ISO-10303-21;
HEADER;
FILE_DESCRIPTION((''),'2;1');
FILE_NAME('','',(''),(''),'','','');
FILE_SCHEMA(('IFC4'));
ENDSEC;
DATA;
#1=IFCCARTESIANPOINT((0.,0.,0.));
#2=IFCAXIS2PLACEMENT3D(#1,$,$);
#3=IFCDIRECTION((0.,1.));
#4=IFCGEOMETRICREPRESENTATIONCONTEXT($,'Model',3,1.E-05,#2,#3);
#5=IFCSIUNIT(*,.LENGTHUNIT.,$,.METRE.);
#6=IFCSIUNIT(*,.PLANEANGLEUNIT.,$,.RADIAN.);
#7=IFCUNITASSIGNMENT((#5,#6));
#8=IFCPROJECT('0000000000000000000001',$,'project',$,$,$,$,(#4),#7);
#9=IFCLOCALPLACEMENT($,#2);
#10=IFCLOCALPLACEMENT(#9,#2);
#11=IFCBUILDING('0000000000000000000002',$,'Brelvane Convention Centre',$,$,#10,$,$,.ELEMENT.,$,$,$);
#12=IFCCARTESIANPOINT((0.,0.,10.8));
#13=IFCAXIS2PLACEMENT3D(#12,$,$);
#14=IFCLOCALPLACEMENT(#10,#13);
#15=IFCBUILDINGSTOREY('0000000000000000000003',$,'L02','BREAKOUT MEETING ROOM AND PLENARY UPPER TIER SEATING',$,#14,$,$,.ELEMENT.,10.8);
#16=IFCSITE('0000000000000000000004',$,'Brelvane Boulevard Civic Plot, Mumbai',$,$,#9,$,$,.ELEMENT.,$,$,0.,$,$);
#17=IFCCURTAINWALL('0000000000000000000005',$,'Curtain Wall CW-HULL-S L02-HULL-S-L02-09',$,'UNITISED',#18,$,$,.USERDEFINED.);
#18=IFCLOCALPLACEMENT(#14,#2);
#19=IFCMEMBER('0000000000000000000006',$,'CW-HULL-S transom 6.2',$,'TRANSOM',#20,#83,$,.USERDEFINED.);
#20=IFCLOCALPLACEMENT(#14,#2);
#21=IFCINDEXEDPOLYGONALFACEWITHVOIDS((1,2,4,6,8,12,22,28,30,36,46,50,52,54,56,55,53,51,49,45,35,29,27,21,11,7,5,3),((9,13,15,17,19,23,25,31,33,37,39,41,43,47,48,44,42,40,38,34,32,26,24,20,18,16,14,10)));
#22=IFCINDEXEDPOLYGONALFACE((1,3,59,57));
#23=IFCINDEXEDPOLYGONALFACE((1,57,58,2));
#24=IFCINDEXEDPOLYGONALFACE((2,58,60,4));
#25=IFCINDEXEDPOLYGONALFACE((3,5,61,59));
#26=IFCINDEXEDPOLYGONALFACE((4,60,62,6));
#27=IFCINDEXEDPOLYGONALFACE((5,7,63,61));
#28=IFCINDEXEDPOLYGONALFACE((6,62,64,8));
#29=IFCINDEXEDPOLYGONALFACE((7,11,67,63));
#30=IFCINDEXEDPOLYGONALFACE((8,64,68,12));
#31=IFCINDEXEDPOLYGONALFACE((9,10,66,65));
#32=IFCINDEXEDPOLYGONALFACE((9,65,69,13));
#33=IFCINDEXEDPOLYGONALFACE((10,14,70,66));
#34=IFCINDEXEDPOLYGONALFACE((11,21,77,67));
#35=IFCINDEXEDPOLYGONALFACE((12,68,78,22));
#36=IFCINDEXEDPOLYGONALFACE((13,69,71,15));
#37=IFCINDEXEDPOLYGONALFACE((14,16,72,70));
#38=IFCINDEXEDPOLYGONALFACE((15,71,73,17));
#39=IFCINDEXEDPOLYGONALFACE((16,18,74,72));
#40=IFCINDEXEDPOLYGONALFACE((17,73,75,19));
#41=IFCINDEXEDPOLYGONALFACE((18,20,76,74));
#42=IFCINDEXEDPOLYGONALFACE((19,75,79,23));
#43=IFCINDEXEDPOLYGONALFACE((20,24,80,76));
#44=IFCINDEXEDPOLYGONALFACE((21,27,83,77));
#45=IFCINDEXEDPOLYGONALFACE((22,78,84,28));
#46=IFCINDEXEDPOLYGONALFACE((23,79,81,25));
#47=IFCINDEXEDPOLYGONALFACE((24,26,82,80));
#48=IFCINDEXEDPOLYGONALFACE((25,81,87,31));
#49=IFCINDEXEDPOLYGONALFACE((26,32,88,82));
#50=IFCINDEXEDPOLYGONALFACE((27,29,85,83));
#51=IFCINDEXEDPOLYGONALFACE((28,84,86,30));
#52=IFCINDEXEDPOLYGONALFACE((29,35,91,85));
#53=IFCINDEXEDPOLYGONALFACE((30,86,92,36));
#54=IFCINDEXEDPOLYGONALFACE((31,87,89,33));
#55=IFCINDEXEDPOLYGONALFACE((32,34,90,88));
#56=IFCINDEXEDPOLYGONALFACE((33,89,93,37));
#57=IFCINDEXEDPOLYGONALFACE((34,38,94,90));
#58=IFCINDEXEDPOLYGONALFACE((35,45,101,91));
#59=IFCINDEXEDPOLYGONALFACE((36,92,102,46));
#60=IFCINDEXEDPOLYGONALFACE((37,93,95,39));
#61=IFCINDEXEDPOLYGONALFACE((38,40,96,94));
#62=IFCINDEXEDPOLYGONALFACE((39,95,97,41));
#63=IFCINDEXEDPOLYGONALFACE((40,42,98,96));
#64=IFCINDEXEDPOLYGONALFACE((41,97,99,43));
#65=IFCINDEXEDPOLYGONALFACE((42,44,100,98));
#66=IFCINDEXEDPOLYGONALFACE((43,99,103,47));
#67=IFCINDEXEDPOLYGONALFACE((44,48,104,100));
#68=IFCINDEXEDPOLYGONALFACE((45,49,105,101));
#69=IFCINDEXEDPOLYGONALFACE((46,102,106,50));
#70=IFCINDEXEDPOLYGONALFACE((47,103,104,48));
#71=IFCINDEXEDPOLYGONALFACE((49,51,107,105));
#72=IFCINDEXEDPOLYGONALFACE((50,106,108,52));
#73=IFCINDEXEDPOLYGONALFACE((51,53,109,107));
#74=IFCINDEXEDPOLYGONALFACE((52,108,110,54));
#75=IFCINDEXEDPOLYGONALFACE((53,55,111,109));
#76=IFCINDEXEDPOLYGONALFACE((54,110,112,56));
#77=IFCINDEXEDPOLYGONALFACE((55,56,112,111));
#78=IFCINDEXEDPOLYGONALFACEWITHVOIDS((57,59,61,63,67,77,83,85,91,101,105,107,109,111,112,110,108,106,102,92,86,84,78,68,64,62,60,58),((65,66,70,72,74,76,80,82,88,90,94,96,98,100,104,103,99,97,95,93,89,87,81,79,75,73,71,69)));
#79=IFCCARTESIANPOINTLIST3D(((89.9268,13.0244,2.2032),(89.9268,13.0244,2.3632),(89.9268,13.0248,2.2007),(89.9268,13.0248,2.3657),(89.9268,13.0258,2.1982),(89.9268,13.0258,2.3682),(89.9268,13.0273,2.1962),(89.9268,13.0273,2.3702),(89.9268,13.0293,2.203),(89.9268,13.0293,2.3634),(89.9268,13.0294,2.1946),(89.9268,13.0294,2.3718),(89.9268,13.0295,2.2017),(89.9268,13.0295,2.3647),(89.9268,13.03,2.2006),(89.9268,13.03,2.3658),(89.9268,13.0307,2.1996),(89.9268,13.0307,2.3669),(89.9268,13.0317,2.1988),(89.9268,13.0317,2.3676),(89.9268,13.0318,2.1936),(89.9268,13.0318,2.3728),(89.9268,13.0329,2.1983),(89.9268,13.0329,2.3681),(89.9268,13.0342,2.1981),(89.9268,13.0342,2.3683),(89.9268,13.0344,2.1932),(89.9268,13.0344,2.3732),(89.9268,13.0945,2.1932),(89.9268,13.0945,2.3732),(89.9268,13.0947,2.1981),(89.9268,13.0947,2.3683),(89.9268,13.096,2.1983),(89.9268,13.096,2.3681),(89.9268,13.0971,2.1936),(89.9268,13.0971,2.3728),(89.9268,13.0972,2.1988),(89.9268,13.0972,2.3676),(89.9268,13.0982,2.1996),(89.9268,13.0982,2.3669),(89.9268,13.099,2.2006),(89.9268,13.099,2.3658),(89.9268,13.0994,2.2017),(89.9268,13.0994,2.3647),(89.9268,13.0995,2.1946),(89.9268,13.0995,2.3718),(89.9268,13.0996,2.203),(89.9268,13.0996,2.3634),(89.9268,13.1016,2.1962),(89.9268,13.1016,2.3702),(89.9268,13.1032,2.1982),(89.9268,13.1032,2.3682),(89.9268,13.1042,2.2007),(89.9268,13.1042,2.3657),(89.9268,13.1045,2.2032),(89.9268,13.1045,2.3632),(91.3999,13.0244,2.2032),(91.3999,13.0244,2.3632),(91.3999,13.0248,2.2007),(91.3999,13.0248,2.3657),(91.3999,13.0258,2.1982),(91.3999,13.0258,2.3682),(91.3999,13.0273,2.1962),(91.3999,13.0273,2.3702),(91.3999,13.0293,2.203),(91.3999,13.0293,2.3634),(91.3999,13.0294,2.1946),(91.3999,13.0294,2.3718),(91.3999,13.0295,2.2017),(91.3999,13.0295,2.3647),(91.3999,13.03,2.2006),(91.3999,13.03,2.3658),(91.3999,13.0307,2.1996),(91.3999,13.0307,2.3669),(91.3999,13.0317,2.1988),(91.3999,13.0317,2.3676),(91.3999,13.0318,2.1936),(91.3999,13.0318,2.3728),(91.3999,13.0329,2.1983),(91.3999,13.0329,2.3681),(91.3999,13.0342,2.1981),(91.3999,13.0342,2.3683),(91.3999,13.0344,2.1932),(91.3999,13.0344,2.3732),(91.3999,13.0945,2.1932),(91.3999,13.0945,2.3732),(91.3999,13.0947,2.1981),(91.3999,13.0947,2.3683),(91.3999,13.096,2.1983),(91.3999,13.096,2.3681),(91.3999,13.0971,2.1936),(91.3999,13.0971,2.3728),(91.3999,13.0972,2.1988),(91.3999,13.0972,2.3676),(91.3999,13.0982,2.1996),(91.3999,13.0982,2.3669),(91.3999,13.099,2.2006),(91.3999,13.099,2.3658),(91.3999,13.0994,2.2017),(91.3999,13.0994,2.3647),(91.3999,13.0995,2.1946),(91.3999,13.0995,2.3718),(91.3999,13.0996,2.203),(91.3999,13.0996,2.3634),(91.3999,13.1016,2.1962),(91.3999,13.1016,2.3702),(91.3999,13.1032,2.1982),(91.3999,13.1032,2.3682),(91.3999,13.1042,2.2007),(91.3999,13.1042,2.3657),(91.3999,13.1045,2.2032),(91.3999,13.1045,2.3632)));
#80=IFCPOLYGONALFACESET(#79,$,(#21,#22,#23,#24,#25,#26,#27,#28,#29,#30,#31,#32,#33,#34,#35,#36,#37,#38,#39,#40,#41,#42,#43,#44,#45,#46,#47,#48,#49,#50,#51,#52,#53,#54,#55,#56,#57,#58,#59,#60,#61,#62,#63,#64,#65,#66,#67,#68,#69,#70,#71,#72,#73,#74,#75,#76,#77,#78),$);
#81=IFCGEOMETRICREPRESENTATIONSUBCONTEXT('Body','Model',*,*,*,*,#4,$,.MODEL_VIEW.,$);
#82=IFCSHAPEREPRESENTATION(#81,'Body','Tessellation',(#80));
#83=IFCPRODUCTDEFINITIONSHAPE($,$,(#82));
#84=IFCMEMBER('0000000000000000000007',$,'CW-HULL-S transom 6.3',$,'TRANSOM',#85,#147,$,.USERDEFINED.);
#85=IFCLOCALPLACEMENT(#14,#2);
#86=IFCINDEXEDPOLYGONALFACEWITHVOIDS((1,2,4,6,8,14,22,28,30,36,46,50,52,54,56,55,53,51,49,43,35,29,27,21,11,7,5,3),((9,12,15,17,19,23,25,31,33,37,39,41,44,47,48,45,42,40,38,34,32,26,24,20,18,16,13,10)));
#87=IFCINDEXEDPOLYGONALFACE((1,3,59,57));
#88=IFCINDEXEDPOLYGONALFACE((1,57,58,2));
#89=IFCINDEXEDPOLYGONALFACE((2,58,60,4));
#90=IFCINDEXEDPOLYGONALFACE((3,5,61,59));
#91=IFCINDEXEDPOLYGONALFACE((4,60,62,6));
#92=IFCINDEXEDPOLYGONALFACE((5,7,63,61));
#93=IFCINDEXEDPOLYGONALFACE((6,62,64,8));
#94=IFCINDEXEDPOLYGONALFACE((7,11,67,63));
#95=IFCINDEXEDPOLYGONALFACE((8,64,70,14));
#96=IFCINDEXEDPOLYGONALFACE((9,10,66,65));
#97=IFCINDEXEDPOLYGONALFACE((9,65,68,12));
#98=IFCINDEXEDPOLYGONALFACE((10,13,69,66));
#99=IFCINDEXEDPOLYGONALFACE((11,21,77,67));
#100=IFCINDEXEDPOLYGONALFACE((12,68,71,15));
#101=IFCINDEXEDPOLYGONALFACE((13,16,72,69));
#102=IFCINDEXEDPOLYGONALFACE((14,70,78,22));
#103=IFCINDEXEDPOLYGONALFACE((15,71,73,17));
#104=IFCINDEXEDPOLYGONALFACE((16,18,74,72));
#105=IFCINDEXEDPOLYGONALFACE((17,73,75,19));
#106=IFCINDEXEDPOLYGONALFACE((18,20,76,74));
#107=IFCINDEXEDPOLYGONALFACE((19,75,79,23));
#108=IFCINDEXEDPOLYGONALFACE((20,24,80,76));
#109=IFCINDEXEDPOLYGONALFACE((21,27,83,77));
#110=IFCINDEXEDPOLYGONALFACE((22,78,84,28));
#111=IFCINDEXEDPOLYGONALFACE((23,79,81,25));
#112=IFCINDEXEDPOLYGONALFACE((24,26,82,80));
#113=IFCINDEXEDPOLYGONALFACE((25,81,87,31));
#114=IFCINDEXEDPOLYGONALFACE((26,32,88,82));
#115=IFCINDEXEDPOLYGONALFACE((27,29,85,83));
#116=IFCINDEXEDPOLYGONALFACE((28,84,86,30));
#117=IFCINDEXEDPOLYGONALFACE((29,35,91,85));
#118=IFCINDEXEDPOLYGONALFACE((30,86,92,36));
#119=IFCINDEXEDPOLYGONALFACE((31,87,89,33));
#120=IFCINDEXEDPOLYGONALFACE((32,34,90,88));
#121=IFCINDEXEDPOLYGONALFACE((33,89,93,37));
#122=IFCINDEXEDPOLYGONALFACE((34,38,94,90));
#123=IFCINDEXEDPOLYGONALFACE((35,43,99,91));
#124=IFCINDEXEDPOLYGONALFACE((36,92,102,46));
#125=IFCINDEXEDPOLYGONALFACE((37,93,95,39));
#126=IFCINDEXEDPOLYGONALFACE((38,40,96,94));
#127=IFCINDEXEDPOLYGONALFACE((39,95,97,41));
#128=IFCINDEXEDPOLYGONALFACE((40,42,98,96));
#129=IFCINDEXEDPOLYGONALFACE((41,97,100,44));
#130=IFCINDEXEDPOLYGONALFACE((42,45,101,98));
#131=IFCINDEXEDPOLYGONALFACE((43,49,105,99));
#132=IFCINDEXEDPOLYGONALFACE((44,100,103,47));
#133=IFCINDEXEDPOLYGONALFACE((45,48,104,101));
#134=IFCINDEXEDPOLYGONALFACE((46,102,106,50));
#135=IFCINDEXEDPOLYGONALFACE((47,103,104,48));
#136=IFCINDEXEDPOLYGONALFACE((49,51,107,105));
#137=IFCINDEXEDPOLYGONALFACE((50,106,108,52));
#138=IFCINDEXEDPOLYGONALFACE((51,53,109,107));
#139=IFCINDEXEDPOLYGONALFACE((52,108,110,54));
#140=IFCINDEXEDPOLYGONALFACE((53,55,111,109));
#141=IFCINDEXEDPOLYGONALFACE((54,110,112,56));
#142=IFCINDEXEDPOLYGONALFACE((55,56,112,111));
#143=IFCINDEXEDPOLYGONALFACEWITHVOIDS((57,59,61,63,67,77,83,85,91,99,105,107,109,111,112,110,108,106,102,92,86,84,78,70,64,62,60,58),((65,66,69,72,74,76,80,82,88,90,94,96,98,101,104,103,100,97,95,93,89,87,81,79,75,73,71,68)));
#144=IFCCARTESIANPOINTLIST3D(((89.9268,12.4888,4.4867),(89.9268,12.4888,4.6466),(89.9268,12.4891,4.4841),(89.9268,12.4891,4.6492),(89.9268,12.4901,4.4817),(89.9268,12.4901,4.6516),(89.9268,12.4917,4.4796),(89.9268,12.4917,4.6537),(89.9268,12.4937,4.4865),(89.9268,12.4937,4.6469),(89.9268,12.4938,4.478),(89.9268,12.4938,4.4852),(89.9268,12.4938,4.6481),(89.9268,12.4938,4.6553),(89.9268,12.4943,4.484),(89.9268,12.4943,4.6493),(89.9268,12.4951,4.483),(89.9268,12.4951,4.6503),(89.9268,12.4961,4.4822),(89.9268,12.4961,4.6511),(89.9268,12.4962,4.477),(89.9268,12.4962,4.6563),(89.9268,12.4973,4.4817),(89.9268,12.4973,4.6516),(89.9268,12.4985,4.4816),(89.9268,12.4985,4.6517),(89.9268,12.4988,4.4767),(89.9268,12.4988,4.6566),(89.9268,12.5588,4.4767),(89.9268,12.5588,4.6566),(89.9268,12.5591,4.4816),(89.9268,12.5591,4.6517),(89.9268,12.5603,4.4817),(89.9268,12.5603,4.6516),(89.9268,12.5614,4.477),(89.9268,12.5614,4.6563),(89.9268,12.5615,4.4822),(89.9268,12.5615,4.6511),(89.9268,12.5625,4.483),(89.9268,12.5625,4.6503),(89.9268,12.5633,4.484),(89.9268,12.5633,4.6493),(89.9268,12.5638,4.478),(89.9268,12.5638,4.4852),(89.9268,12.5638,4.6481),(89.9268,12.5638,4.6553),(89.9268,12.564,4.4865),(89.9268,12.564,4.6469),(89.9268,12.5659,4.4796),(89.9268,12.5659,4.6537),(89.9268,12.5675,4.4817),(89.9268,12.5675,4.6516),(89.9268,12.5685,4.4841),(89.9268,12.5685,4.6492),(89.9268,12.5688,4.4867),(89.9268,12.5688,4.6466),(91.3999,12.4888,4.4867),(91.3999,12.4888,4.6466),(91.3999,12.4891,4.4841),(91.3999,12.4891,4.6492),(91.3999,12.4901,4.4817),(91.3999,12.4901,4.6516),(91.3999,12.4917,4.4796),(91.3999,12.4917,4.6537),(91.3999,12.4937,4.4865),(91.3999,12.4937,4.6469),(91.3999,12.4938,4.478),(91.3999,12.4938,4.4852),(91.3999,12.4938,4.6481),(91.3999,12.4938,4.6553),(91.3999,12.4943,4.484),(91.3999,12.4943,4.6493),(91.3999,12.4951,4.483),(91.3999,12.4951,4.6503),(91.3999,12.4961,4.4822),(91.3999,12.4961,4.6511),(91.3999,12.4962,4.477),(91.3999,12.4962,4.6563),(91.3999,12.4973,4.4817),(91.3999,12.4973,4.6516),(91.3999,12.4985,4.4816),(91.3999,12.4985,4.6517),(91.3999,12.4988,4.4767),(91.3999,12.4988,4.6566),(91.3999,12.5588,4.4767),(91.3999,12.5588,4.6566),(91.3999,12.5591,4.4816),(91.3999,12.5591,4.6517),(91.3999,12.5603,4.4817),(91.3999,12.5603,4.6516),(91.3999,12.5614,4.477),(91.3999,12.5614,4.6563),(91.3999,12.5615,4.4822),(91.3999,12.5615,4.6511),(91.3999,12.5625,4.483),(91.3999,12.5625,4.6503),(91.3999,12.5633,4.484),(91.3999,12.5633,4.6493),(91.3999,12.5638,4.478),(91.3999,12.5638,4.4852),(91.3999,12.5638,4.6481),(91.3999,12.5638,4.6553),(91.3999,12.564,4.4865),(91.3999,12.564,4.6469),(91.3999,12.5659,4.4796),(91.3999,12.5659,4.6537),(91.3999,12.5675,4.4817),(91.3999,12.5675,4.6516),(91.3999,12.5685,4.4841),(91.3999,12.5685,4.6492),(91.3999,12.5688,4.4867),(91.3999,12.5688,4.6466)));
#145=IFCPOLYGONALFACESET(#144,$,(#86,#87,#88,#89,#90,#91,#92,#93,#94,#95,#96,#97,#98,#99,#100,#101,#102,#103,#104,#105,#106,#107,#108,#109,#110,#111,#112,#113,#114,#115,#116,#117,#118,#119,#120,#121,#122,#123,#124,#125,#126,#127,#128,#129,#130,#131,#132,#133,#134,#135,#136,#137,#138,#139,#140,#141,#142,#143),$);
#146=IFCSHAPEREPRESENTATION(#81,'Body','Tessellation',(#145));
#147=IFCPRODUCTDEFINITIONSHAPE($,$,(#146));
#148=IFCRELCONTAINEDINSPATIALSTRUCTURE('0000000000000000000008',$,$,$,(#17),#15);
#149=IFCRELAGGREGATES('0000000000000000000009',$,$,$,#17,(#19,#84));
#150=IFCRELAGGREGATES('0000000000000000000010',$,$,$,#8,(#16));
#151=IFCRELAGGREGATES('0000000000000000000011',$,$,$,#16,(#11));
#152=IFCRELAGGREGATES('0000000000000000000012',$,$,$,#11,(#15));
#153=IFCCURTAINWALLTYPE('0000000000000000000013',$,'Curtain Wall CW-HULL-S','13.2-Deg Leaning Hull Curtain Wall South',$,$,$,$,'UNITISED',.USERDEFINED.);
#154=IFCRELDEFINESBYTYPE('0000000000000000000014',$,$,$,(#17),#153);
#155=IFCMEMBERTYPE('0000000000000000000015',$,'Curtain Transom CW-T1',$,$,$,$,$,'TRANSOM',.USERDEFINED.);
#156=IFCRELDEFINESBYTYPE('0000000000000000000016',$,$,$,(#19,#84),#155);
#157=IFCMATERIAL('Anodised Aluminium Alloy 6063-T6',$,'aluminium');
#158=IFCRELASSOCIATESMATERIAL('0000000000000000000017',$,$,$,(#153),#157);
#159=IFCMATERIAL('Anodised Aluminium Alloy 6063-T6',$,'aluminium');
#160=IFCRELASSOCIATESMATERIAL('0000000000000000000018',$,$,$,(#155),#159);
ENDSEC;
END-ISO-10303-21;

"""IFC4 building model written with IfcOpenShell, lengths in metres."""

from ifc_helpers import new_model, si_unit, direction, frame, origin, origin_2d, place, context, subcontext, project, spatial, hollow_rectangle, extrude, material, material_profile, profile_set, type_object, element, aggregate, save


model = new_model("IFC4")

# Units and contexts
model_context = context("Model", 3, precision=1e-05, world=origin(), true_north=direction((0.0, 1.0)))
body_context = subcontext(model_context, "Body", "Model", "MODEL_VIEW")
ifc_project = project(units=[si_unit("LENGTHUNIT", "METRE"), si_unit("PLANEANGLEUNIT", "RADIAN")], contexts=[model_context])

# Site, building, storey
site_placement = place(None, origin())
site = spatial("IfcSite", under=ifc_project, at=site_placement, Name="Brelvane Boulevard Civic Plot, Mumbai", CompositionType="ELEMENT", RefElevation=0.0)
building_placement = place(site_placement, origin())
building = spatial("IfcBuilding", under=site, at=building_placement, Name="Brelvane Convention Centre", CompositionType="ELEMENT")
storey_placement = place(building_placement, frame((0.0, 0.0, 10.8)))
storey = spatial("IfcBuildingStorey", under=building, at=storey_placement, Name="L02", Description="BREAKOUT MEETING ROOM AND PLENARY UPPER TIER SEATING", CompositionType="ELEMENT", Elevation=10.8)

# Curtain wall, members
ifc_material_1 = material(Name="Anodised Aluminium Alloy 6063-T6", Category="aluminium")
curtain_wall_type = type_object("IfcCurtainWallType", Name="Curtain Wall CW-HULL-S", Description="13.2-Deg Leaning Hull Curtain Wall South", ElementType="UNITISED", PredefinedType="USERDEFINED", material=ifc_material_1)
curtain_wall_1_placement = place(storey_placement, origin())
curtain_wall_1 = element("IfcCurtainWall", 1, at=curtain_wall_1_placement, inside=storey, type_object=curtain_wall_type, Name="Curtain Wall CW-HULL-S L02-HULL-S-L02-09", ObjectType="UNITISED", PredefinedType="USERDEFINED")
ifc_material_2 = material(Name="Anodised Aluminium Alloy 6063-T6", Category="aluminium")
ifc_material_profile = material_profile(ifc_material_2, hollow_rectangle(XDim=0.0801, YDim=0.1799, WallThickness=0.0049, InnerFilletRadius=0.0049, OuterFilletRadius=0.01, at=origin_2d()), Name="ALU-T 180x80x5.0")
ifc_profile_set = profile_set([ifc_material_profile], Name="Anodised Aluminium Alloy 6063-T6")
member_type = type_object("IfcMemberType", Name="Curtain Transom CW-T1", ElementType="TRANSOM", PredefinedType="USERDEFINED", material=ifc_profile_set)
member_1_placement = place(storey_placement, frame((89.9268, 13.0645, 2.2832), z_axis=(1.0, 0.0, 0.0), x_axis=(0.0, 1.0, 0.0)))
member_1 = element("IfcMember", 2, at=member_1_placement, type_object=member_type, Name="CW-HULL-S transom 6.2", ObjectType="TRANSOM", PredefinedType="USERDEFINED", context=body_context, shape_type="SweptSolid", body=[
    extrude(hollow_rectangle(XDim=0.0801, YDim=0.1799, WallThickness=0.0049, InnerFilletRadius=0.0049, OuterFilletRadius=0.01, at=origin_2d()), origin(), (0.0, 0.0, 1.0), 1.4731),
])
member_2_placement = place(storey_placement, frame((89.9268, 12.5288, 4.5667), z_axis=(1.0, 0.0, 0.0), x_axis=(0.0, 1.0, 0.0)))
member_2 = element("IfcMember", 3, at=member_2_placement, type_object=member_type, Name="CW-HULL-S transom 6.3", ObjectType="TRANSOM", PredefinedType="USERDEFINED", context=body_context, shape_type="SweptSolid", body=[
    extrude(hollow_rectangle(XDim=0.0801, YDim=0.1799, WallThickness=0.0049, InnerFilletRadius=0.0049, OuterFilletRadius=0.01, at=origin_2d()), origin(), (0.0, 0.0, 1.0), 1.4731),
])

aggregate(curtain_wall_1, [member_1, member_2])

save(model, "model.ifc")
